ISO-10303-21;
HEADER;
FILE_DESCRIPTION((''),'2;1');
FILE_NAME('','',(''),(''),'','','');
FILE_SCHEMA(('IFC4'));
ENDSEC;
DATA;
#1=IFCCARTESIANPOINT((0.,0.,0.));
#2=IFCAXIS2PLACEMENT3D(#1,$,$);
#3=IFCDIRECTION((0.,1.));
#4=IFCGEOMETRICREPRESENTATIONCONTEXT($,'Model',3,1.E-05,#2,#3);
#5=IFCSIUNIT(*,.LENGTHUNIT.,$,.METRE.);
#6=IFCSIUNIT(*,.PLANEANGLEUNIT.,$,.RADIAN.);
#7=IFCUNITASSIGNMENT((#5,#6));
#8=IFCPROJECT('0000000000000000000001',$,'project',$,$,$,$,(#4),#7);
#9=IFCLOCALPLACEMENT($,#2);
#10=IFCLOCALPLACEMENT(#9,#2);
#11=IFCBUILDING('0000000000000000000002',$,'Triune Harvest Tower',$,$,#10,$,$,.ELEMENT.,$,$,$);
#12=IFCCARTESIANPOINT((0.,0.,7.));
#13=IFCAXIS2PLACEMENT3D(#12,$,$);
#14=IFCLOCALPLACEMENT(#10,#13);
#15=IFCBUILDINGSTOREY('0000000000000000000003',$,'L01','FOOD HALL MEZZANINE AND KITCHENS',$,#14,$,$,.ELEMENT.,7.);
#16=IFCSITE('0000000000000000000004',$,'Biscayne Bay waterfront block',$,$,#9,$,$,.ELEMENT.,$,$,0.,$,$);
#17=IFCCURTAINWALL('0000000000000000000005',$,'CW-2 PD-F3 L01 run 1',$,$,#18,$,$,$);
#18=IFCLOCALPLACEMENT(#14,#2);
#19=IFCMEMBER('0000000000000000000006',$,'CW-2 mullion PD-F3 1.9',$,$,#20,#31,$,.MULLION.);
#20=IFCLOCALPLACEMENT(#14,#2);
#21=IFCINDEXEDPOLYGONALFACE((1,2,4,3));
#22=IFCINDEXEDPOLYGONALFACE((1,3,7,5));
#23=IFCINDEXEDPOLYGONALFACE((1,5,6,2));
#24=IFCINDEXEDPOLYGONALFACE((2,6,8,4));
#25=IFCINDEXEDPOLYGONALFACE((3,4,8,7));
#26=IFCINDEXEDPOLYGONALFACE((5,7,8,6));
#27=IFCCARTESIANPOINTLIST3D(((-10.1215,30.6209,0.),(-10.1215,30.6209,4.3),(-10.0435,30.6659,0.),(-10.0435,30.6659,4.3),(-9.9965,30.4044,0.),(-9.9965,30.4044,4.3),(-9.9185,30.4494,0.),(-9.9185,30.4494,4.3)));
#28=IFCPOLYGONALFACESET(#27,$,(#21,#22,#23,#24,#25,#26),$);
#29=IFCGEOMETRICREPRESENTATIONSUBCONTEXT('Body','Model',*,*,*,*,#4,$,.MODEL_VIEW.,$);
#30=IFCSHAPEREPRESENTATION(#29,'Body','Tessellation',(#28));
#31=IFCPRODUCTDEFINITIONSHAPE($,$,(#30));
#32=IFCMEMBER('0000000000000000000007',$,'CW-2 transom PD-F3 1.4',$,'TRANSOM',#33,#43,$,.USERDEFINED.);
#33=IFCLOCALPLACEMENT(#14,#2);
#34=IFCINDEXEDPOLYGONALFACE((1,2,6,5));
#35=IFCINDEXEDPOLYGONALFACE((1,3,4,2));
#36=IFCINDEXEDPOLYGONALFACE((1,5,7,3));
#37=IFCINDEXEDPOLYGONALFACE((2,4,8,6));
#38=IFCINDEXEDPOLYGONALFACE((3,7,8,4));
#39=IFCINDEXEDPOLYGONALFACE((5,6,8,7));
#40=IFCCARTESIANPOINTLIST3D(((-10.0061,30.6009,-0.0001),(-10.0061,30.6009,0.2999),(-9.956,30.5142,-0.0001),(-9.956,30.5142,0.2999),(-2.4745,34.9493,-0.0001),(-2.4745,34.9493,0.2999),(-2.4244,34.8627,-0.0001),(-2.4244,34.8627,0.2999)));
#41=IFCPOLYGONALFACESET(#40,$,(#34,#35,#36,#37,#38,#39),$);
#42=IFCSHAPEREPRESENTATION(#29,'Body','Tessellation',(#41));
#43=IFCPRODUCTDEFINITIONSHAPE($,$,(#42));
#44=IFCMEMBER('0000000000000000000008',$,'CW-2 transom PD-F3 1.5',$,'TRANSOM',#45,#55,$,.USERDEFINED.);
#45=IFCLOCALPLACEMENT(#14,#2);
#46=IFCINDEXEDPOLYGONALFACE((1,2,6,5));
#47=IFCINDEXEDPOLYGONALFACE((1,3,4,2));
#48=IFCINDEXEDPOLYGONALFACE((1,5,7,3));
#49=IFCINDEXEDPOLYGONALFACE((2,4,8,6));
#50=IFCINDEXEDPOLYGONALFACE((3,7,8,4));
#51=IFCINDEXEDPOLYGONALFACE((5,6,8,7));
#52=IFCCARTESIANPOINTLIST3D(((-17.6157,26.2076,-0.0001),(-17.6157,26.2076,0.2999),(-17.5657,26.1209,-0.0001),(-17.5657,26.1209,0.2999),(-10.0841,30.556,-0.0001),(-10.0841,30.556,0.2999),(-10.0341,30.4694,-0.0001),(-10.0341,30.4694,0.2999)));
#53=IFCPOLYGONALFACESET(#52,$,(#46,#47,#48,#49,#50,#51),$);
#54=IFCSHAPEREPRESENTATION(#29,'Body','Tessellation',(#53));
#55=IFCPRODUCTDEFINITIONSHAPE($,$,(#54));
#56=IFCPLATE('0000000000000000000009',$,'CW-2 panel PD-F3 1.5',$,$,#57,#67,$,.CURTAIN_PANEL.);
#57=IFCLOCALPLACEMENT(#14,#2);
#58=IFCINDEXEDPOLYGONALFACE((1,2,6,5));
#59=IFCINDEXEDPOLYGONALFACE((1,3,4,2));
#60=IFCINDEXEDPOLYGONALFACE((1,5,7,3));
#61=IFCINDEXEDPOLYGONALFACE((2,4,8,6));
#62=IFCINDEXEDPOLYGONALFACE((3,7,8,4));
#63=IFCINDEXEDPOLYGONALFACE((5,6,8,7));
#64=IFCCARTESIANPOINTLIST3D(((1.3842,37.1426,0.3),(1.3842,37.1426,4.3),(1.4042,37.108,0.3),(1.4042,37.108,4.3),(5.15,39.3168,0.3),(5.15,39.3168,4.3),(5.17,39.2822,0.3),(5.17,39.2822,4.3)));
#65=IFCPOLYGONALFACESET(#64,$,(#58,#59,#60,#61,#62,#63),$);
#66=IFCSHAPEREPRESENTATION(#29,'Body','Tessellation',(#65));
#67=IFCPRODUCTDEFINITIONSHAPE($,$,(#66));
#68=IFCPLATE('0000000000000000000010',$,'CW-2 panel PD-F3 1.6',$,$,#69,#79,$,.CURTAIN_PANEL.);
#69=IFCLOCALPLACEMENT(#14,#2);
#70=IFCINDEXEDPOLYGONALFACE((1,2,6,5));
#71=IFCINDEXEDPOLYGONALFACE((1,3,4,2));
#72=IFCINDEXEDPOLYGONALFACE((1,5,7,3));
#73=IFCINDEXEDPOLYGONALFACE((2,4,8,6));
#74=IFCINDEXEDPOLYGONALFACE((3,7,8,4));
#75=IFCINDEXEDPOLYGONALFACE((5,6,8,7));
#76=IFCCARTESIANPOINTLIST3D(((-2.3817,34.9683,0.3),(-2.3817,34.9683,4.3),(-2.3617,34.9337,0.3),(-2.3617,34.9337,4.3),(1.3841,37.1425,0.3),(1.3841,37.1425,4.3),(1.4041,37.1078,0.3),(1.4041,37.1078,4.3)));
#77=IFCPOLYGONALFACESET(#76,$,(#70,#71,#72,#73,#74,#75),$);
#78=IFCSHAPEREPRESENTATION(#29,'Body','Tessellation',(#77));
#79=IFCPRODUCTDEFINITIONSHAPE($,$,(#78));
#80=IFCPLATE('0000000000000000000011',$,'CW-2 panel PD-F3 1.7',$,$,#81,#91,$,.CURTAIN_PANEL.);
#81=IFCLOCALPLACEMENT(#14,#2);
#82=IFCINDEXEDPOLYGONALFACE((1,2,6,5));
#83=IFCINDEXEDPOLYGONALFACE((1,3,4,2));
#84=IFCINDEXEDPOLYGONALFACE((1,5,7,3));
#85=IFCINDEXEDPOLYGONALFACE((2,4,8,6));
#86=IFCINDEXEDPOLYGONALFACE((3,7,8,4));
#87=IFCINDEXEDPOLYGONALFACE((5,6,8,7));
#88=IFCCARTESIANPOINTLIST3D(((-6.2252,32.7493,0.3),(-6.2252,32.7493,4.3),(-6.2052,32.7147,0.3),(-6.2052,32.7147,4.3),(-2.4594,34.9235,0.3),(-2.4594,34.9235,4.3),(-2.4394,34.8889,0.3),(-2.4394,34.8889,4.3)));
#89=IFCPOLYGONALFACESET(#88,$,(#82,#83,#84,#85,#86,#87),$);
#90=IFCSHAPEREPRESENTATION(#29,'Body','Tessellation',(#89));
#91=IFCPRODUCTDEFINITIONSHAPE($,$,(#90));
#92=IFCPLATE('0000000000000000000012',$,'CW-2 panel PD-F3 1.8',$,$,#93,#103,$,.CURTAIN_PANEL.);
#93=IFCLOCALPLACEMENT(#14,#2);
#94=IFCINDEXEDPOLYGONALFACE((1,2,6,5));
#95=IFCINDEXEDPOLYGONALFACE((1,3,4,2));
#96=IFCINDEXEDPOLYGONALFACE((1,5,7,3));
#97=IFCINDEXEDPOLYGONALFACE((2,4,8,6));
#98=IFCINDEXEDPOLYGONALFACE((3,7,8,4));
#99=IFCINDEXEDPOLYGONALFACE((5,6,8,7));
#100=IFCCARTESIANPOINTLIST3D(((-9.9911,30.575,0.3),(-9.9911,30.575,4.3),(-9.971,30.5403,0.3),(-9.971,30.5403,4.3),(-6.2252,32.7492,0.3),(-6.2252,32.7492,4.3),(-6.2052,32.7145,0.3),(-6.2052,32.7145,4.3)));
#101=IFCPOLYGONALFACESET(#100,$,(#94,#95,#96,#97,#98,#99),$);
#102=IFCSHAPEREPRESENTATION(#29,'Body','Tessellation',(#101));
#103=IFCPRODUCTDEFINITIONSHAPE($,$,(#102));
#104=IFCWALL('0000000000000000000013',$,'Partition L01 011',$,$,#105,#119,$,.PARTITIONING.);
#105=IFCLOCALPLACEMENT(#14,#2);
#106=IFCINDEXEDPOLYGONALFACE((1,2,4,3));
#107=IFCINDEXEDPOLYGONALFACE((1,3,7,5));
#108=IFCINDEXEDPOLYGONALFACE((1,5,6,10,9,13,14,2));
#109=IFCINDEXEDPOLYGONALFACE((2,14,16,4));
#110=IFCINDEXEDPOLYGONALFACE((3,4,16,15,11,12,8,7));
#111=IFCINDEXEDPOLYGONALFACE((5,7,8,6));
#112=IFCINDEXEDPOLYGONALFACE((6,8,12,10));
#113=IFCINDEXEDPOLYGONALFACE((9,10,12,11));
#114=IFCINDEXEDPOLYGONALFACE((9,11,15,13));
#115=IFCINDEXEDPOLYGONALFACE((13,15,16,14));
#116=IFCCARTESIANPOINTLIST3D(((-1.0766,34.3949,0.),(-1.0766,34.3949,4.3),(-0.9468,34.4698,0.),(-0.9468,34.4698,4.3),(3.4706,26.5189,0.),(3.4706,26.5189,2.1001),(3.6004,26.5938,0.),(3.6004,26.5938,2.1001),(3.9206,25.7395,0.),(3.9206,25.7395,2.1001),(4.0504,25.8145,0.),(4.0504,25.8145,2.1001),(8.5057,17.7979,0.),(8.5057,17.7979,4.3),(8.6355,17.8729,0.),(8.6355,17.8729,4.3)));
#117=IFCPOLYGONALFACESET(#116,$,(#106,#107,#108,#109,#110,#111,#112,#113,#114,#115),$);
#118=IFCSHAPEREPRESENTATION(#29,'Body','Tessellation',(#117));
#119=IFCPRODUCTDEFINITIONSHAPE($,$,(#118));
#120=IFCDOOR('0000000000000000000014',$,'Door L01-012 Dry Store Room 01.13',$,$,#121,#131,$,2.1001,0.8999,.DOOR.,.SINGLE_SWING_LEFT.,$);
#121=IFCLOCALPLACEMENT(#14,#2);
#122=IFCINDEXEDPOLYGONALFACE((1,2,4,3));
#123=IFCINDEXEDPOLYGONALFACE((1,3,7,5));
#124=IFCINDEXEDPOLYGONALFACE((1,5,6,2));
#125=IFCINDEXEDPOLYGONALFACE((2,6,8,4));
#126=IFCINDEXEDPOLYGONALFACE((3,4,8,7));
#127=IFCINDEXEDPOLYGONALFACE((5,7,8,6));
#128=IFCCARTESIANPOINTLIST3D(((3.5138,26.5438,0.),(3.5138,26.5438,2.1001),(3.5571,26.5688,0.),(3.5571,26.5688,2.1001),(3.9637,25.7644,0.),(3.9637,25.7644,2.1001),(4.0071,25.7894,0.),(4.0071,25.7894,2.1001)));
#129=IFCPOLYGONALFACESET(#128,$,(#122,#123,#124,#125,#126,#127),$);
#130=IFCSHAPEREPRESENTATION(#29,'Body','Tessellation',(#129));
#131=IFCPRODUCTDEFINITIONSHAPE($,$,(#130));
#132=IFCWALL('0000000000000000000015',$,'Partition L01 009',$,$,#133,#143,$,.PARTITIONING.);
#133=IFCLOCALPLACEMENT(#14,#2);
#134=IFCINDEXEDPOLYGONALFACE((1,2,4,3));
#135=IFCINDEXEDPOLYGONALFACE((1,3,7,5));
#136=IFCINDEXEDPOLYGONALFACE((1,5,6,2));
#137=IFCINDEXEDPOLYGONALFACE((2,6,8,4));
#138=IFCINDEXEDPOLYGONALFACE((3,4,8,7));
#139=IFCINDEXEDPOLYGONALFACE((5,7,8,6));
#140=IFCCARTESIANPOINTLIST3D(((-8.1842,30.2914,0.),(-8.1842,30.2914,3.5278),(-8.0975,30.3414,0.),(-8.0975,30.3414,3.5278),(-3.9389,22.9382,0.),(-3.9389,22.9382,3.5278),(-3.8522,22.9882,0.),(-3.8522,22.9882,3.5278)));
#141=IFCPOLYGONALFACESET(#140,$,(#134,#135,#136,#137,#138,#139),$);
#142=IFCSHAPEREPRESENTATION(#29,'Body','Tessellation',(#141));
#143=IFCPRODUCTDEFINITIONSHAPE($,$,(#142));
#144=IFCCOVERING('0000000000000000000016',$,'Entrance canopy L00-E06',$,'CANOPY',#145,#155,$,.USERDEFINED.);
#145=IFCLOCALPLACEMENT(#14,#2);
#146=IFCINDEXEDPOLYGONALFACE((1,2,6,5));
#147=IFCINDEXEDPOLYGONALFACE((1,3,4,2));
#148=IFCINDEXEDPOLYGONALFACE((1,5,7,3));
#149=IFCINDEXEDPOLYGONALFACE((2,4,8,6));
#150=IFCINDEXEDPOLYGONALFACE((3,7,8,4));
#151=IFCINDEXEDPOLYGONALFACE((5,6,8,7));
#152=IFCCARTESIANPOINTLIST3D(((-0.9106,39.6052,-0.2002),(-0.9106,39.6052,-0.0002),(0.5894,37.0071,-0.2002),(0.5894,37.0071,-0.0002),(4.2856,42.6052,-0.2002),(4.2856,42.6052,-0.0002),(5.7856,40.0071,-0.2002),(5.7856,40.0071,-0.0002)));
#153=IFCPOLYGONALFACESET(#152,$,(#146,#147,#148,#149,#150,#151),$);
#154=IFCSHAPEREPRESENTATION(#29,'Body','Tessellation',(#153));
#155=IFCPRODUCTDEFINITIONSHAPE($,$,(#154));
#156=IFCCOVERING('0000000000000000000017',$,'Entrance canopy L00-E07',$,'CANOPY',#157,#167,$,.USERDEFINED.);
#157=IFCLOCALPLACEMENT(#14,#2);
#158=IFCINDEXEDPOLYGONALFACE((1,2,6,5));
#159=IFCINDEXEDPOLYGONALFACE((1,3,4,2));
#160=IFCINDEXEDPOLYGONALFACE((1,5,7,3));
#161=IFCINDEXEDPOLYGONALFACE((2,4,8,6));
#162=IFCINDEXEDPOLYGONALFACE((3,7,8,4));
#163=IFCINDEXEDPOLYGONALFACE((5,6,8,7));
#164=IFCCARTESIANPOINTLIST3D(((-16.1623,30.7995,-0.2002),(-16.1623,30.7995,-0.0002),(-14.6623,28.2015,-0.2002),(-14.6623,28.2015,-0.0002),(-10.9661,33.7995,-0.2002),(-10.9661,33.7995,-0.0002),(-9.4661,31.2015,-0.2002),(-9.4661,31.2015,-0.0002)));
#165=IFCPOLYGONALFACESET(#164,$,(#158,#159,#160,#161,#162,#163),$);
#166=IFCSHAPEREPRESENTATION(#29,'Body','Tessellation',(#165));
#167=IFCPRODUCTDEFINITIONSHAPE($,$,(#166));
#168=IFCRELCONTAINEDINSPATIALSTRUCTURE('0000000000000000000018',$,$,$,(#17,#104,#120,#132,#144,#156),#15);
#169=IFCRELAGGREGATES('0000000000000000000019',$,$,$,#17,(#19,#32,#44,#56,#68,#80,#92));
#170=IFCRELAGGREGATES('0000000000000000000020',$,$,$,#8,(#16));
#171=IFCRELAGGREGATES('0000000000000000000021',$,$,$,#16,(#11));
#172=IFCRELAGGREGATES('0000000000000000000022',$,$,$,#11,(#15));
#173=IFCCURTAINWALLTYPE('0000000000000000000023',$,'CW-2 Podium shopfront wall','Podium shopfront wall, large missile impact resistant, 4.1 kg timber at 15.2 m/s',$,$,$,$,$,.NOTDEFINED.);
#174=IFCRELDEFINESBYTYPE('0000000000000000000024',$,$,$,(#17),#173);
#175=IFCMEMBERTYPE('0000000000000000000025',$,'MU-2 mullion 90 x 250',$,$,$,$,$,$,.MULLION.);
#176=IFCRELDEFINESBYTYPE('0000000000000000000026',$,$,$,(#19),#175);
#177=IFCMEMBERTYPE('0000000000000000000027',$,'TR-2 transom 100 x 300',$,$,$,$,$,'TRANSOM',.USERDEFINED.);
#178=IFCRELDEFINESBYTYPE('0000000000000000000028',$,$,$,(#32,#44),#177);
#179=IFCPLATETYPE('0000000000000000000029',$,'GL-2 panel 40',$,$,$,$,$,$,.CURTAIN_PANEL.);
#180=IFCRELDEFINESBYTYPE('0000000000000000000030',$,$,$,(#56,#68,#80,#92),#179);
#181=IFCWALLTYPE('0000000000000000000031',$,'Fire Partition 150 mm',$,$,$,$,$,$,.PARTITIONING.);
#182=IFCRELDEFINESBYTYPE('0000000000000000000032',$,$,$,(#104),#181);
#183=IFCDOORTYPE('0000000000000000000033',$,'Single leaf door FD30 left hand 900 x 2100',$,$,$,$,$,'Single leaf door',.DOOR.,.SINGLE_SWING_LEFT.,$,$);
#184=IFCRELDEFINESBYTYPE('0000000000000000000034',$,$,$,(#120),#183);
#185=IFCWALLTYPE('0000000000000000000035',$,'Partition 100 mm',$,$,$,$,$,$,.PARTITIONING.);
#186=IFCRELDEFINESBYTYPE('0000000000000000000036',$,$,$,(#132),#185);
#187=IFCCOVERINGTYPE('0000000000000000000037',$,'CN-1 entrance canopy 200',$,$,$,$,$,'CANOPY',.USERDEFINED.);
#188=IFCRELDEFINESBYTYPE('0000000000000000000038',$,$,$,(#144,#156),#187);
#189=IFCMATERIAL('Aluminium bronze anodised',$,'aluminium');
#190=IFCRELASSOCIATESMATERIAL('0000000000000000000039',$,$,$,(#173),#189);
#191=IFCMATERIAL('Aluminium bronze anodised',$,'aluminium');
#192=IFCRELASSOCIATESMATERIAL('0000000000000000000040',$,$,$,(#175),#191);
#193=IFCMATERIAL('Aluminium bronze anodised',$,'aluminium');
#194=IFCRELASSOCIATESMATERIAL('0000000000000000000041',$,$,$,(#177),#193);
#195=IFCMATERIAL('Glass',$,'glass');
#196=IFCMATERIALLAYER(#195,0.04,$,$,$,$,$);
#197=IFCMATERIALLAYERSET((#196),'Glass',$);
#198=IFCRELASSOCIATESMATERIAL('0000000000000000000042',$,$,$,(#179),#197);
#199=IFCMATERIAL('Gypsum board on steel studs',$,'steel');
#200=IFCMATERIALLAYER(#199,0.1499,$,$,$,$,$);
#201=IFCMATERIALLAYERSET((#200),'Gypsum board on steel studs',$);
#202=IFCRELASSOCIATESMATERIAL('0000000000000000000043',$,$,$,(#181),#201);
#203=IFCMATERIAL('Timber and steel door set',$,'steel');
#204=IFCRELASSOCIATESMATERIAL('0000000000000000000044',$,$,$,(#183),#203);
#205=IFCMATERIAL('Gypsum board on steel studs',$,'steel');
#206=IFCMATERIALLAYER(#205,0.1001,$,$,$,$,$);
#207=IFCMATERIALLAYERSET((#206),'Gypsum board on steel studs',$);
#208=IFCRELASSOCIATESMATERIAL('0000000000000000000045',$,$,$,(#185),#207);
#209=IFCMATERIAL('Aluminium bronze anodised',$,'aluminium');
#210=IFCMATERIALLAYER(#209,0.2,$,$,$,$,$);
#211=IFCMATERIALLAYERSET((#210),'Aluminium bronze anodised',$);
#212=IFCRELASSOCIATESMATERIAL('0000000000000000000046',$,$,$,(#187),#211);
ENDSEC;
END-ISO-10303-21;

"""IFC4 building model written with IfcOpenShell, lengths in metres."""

from ifc_helpers import new_model, si_unit, direction, frame, frame_2d, origin, origin_2d, place, context, subcontext, project, spatial, rectangle, extrude, source, transform, mapped, material, layer, layer_set, material_profile, profile_set, type_object, element, fill, aggregate, save


model = new_model("IFC4")

# Units and contexts
model_context = context("Model", 3, precision=1e-05, world=origin(), true_north=direction((0.0, 1.0)))
body_context = subcontext(model_context, "Body", "Model", "MODEL_VIEW")
ifc_project = project(units=[si_unit("LENGTHUNIT", "METRE"), si_unit("PLANEANGLEUNIT", "RADIAN")], contexts=[model_context])

# Site, building, storey
site_placement = place(None, origin())
site = spatial("IfcSite", under=ifc_project, at=site_placement, Name="Biscayne Bay waterfront block", CompositionType="ELEMENT", RefElevation=0.0)
building_placement = place(site_placement, origin())
building = spatial("IfcBuilding", under=site, at=building_placement, Name="Triune Harvest Tower", CompositionType="ELEMENT")
storey_placement = place(building_placement, frame((0.0, 0.0, 7.0)))
storey = spatial("IfcBuildingStorey", under=building, at=storey_placement, Name="L01", Description="FOOD HALL MEZZANINE AND KITCHENS", CompositionType="ELEMENT", Elevation=7.0)

# Curtain wall, members, plates
ifc_material_1 = material(Name="Aluminium bronze anodised", Category="aluminium")
curtain_wall_type = type_object("IfcCurtainWallType", Name="CW-2 Podium shopfront wall", Description="Podium shopfront wall, large missile impact resistant, 4.1 kg timber at 15.2 m/s", PredefinedType="NOTDEFINED", material=ifc_material_1)
curtain_wall_placement = place(storey_placement, origin())
curtain_wall = element("IfcCurtainWall", 1, at=curtain_wall_placement, inside=storey, type_object=curtain_wall_type, Name="CW-2 PD-F3 L01 run 1")
ifc_material_2 = material(Name="Aluminium bronze anodised", Category="aluminium")
ifc_material_profile_1 = material_profile(ifc_material_2, rectangle(XDim=0.25, YDim=0.0901, at=origin_2d()), Name="MU-2 mullion 90 x 250")
ifc_profile_set_1 = profile_set([ifc_material_profile_1], Name="Aluminium bronze anodised")
member_type_1 = type_object("IfcMemberType", Name="MU-2 mullion 90 x 250", PredefinedType="MULLION", material=ifc_profile_set_1)
shared_shape_1 = source(origin(), body_context, "Body", "SweptSolid", [
    extrude(rectangle(XDim=0.25, YDim=0.0901, at=origin_2d()), origin(), (0.0, 0.0, 1.0), 4.3),
])
member_1_placement = place(storey_placement, frame((-10.02, 30.5352, 0.0), z_axis=(0.0, 0.0, 1.0), x_axis=(0.5, -0.866025, 0.0)))
member_1 = element("IfcMember", 2, at=member_1_placement, type_object=member_type_1, Name="CW-2 mullion PD-F3 1.9", PredefinedType="MULLION", context=body_context, shape_type="MappedRepresentation", body=[
    mapped(shared_shape_1, transform((0.0, 0.0, 0.0), scale=1.0)),
])
ifc_material_3 = material(Name="Aluminium bronze anodised", Category="aluminium")
ifc_material_profile_2 = material_profile(ifc_material_3, rectangle(XDim=0.1001, YDim=0.3, at=origin_2d()), Name="TR-2 transom 100 x 300")
ifc_profile_set_2 = profile_set([ifc_material_profile_2], Name="Aluminium bronze anodised")
member_type_2 = type_object("IfcMemberType", Name="TR-2 transom 100 x 300", ElementType="TRANSOM", PredefinedType="USERDEFINED", material=ifc_profile_set_2)
shared_shape_2 = source(origin(), body_context, "Body", "SweptSolid", [
    extrude(rectangle(XDim=0.1001, YDim=0.3, at=origin_2d()), origin(), (0.0, 0.0, 1.0), 8.6968),
])
member_2_placement = place(storey_placement, frame((-2.4495, 34.906, 0.1499), z_axis=(-0.866021, -0.500007, 0.0), x_axis=(0.500007, -0.866021, 0.0)))
member_2 = element("IfcMember", 3, at=member_2_placement, type_object=member_type_2, Name="CW-2 transom PD-F3 1.4", ObjectType="TRANSOM", PredefinedType="USERDEFINED", context=body_context, shape_type="MappedRepresentation", body=[
    mapped(shared_shape_2, transform((0.0, 0.0, 0.0), scale=1.0)),
])
member_3_placement = place(storey_placement, frame((-10.0591, 30.5127, 0.1499), z_axis=(-0.866021, -0.500007, 0.0), x_axis=(0.500007, -0.866021, 0.0)))
member_3 = element("IfcMember", 4, at=member_3_placement, type_object=member_type_2, Name="CW-2 transom PD-F3 1.5", ObjectType="TRANSOM", PredefinedType="USERDEFINED", context=body_context, shape_type="MappedRepresentation", body=[
    mapped(shared_shape_2, transform((0.0, 0.0, 0.0), scale=1.0)),
])
ifc_material_4 = material(Name="Glass", Category="glass")
ifc_layer_1 = layer(ifc_material_4, 0.04)
ifc_layer_set_1 = layer_set([ifc_layer_1], Name="Glass")
plate_type = type_object("IfcPlateType", Name="GL-2 panel 40", PredefinedType="CURTAIN_PANEL", material=ifc_layer_set_1)
shared_shape_3 = source(origin(), body_context, "Body", "SweptSolid", [
    extrude(rectangle(XDim=4.3484, YDim=0.04, at=origin_2d()), origin(), (0.0, 0.0, 1.0), 4.0),
])
plate_1_placement = place(storey_placement, frame((3.2771, 38.2124, 0.3), z_axis=(0.0, 0.0, 1.0), x_axis=(-0.866025, -0.5, 0.0)))
plate_1 = element("IfcPlate", 5, at=plate_1_placement, type_object=plate_type, Name="CW-2 panel PD-F3 1.5", PredefinedType="CURTAIN_PANEL", context=body_context, shape_type="MappedRepresentation", body=[
    mapped(shared_shape_3, transform((0.0, 0.0, 0.0), scale=1.0)),
])
plate_2_placement = place(storey_placement, frame((-0.4888, 36.0381, 0.3), z_axis=(0.0, 0.0, 1.0), x_axis=(-0.866025, -0.5, 0.0)))
plate_2 = element("IfcPlate", 6, at=plate_2_placement, type_object=plate_type, Name="CW-2 panel PD-F3 1.6", PredefinedType="CURTAIN_PANEL", context=body_context, shape_type="MappedRepresentation", body=[
    mapped(shared_shape_3, transform((0.0, 0.0, 0.0), scale=1.0)),
])
plate_3_placement = place(storey_placement, frame((-4.3323, 33.8191, 0.3), z_axis=(0.0, 0.0, 1.0), x_axis=(-0.866025, -0.5, 0.0)))
plate_3 = element("IfcPlate", 7, at=plate_3_placement, type_object=plate_type, Name="CW-2 panel PD-F3 1.7", PredefinedType="CURTAIN_PANEL", context=body_context, shape_type="MappedRepresentation", body=[
    mapped(shared_shape_3, transform((0.0, 0.0, 0.0), scale=1.0)),
])
plate_4_placement = place(storey_placement, frame((-8.0981, 31.6448, 0.3), z_axis=(0.0, 0.0, 1.0), x_axis=(-0.866025, -0.5, 0.0)))
plate_4 = element("IfcPlate", 8, at=plate_4_placement, type_object=plate_type, Name="CW-2 panel PD-F3 1.8", PredefinedType="CURTAIN_PANEL", context=body_context, shape_type="MappedRepresentation", body=[
    mapped(shared_shape_3, transform((0.0, 0.0, 0.0), scale=1.0)),
])
aggregate(curtain_wall, [member_1, member_2, member_3, plate_1, plate_2, plate_3, plate_4])

# Wall, opening, door
ifc_material_5 = material(Name="Gypsum board on steel studs", Category="steel")
ifc_layer_2 = layer(ifc_material_5, 0.1499)
ifc_layer_set_2 = layer_set([ifc_layer_2], Name="Gypsum board on steel studs")
wall_type_1 = type_object("IfcWallType", Name="Fire Partition 150 mm", PredefinedType="PARTITIONING", material=ifc_layer_set_2)
wall_1_placement = place(storey_placement, frame((-1.0117, 34.4324, 0.0), z_axis=(0.0, 0.0, 1.0), x_axis=(0.500001, -0.866025, 0.0)))
wall_1 = element("IfcWall", 9, at=wall_1_placement, inside=storey, type_object=wall_type_1, Name="Partition L01 011", PredefinedType="PARTITIONING", context=body_context, shape_type="SweptSolid", body=[
    extrude(rectangle(XDim=19.1646, YDim=0.1499, at=frame_2d((9.5823, 0.0))), origin(), (0.0, 0.0, 1.0), 4.3),
])
opening_placement = place(wall_1_placement, frame((9.0945, 0.0, 0.0)))
opening = element("IfcOpeningElement", 10, at=opening_placement, cuts=wall_1, PredefinedType="OPENING", context=body_context, shape_type="SweptSolid", body=[
    extrude(rectangle(XDim=0.8999, YDim=2.1001, at=frame_2d((0.45, 1.05))), frame((0.0, 0.085, 0.0), z_axis=(0.0, -1.0, 0.0), x_axis=(1.0, 0.0, 0.0)), (0.0, 0.0, 1.0), 0.1699),
])
ifc_material_6 = material(Name="Timber and steel door set", Category="steel")
door_type = type_object("IfcDoorType", Name="Single leaf door FD30 left hand 900 x 2100", ElementType="Single leaf door", OperationType="SINGLE_SWING_LEFT", PredefinedType="DOOR", material=ifc_material_6)
door_placement = place(opening_placement, origin())
door = element("IfcDoor", 11, at=door_placement, inside=storey, type_object=door_type, Name="Door L01-012 Dry Store Room 01.13", OperationType="SINGLE_SWING_LEFT", OverallHeight=2.1001, OverallWidth=0.8999, PredefinedType="DOOR", context=body_context, shape_type="SweptSolid", body=[
    extrude(rectangle(XDim=0.8999, YDim=2.1001, at=frame_2d((0.45, 1.05))), frame((0.0, 0.0249, 0.0), z_axis=(0.0, -1.0, 0.0), x_axis=(1.0, 0.0, 0.0)), (0.0, 0.0, 1.0), 0.05),
])
fill(opening, door)

# Wall
ifc_material_7 = material(Name="Gypsum board on steel studs", Category="steel")
ifc_layer_3 = layer(ifc_material_7, 0.1001)
ifc_layer_set_3 = layer_set([ifc_layer_3], Name="Gypsum board on steel studs")
wall_type_2 = type_object("IfcWallType", Name="Partition 100 mm", PredefinedType="PARTITIONING", material=ifc_layer_set_3)
shared_shape_4 = source(origin(), body_context, "Body", "SweptSolid", [
    extrude(rectangle(XDim=8.4907, YDim=0.1001, at=frame_2d((4.2454, 0.0))), origin(), (0.0, 0.0, 1.0), 3.5278),
])
wall_2_placement = place(storey_placement, frame((-8.1409, 30.3164, 0.0), z_axis=(0.0, 0.0, 1.0), x_axis=(0.499995, -0.866028, 0.0)))
element("IfcWall", 12, at=wall_2_placement, inside=storey, type_object=wall_type_2, Name="Partition L01 009", PredefinedType="PARTITIONING", context=body_context, shape_type="MappedRepresentation", body=[
    mapped(shared_shape_4, transform((0.0, 0.0, 0.0), scale=1.0)),
])

# Coverings
ifc_material_8 = material(Name="Aluminium bronze anodised", Category="aluminium")
ifc_layer_4 = layer(ifc_material_8, 0.2)
ifc_layer_set_4 = layer_set([ifc_layer_4], Name="Aluminium bronze anodised")
covering_type = type_object("IfcCoveringType", Name="CN-1 entrance canopy 200", ElementType="CANOPY", PredefinedType="USERDEFINED", material=ifc_layer_set_4)
shared_shape_5 = source(origin(), body_context, "Body", "SweptSolid", [
    extrude(rectangle(XDim=3.0, YDim=6.0, at=origin_2d()), origin(), (0.0, 0.0, 1.0), 0.2),
])
for number, where, z_axis, x_axis, name in (
    (13, (2.4375, 39.8062, -0.2002), (0.0, 0.0, 1.0), (-0.5, 0.866025, 0.0), "Entrance canopy L00-E06"),
    (14, (-12.8142, 31.0005, -0.2002), (0.0, 0.0, 1.0), (-0.5, 0.866025, 0.0), "Entrance canopy L00-E07"),
):
    element("IfcCovering", number, at=place(storey_placement, frame(where, z_axis=z_axis, x_axis=x_axis)), inside=storey, type_object=covering_type, Name=name, ObjectType="CANOPY", PredefinedType="USERDEFINED", context=body_context, shape_type="MappedRepresentation", body=[
        mapped(shared_shape_5, transform((0.0, 0.0, 0.0), scale=1.0)),
    ])

save(model, "model.ifc")
